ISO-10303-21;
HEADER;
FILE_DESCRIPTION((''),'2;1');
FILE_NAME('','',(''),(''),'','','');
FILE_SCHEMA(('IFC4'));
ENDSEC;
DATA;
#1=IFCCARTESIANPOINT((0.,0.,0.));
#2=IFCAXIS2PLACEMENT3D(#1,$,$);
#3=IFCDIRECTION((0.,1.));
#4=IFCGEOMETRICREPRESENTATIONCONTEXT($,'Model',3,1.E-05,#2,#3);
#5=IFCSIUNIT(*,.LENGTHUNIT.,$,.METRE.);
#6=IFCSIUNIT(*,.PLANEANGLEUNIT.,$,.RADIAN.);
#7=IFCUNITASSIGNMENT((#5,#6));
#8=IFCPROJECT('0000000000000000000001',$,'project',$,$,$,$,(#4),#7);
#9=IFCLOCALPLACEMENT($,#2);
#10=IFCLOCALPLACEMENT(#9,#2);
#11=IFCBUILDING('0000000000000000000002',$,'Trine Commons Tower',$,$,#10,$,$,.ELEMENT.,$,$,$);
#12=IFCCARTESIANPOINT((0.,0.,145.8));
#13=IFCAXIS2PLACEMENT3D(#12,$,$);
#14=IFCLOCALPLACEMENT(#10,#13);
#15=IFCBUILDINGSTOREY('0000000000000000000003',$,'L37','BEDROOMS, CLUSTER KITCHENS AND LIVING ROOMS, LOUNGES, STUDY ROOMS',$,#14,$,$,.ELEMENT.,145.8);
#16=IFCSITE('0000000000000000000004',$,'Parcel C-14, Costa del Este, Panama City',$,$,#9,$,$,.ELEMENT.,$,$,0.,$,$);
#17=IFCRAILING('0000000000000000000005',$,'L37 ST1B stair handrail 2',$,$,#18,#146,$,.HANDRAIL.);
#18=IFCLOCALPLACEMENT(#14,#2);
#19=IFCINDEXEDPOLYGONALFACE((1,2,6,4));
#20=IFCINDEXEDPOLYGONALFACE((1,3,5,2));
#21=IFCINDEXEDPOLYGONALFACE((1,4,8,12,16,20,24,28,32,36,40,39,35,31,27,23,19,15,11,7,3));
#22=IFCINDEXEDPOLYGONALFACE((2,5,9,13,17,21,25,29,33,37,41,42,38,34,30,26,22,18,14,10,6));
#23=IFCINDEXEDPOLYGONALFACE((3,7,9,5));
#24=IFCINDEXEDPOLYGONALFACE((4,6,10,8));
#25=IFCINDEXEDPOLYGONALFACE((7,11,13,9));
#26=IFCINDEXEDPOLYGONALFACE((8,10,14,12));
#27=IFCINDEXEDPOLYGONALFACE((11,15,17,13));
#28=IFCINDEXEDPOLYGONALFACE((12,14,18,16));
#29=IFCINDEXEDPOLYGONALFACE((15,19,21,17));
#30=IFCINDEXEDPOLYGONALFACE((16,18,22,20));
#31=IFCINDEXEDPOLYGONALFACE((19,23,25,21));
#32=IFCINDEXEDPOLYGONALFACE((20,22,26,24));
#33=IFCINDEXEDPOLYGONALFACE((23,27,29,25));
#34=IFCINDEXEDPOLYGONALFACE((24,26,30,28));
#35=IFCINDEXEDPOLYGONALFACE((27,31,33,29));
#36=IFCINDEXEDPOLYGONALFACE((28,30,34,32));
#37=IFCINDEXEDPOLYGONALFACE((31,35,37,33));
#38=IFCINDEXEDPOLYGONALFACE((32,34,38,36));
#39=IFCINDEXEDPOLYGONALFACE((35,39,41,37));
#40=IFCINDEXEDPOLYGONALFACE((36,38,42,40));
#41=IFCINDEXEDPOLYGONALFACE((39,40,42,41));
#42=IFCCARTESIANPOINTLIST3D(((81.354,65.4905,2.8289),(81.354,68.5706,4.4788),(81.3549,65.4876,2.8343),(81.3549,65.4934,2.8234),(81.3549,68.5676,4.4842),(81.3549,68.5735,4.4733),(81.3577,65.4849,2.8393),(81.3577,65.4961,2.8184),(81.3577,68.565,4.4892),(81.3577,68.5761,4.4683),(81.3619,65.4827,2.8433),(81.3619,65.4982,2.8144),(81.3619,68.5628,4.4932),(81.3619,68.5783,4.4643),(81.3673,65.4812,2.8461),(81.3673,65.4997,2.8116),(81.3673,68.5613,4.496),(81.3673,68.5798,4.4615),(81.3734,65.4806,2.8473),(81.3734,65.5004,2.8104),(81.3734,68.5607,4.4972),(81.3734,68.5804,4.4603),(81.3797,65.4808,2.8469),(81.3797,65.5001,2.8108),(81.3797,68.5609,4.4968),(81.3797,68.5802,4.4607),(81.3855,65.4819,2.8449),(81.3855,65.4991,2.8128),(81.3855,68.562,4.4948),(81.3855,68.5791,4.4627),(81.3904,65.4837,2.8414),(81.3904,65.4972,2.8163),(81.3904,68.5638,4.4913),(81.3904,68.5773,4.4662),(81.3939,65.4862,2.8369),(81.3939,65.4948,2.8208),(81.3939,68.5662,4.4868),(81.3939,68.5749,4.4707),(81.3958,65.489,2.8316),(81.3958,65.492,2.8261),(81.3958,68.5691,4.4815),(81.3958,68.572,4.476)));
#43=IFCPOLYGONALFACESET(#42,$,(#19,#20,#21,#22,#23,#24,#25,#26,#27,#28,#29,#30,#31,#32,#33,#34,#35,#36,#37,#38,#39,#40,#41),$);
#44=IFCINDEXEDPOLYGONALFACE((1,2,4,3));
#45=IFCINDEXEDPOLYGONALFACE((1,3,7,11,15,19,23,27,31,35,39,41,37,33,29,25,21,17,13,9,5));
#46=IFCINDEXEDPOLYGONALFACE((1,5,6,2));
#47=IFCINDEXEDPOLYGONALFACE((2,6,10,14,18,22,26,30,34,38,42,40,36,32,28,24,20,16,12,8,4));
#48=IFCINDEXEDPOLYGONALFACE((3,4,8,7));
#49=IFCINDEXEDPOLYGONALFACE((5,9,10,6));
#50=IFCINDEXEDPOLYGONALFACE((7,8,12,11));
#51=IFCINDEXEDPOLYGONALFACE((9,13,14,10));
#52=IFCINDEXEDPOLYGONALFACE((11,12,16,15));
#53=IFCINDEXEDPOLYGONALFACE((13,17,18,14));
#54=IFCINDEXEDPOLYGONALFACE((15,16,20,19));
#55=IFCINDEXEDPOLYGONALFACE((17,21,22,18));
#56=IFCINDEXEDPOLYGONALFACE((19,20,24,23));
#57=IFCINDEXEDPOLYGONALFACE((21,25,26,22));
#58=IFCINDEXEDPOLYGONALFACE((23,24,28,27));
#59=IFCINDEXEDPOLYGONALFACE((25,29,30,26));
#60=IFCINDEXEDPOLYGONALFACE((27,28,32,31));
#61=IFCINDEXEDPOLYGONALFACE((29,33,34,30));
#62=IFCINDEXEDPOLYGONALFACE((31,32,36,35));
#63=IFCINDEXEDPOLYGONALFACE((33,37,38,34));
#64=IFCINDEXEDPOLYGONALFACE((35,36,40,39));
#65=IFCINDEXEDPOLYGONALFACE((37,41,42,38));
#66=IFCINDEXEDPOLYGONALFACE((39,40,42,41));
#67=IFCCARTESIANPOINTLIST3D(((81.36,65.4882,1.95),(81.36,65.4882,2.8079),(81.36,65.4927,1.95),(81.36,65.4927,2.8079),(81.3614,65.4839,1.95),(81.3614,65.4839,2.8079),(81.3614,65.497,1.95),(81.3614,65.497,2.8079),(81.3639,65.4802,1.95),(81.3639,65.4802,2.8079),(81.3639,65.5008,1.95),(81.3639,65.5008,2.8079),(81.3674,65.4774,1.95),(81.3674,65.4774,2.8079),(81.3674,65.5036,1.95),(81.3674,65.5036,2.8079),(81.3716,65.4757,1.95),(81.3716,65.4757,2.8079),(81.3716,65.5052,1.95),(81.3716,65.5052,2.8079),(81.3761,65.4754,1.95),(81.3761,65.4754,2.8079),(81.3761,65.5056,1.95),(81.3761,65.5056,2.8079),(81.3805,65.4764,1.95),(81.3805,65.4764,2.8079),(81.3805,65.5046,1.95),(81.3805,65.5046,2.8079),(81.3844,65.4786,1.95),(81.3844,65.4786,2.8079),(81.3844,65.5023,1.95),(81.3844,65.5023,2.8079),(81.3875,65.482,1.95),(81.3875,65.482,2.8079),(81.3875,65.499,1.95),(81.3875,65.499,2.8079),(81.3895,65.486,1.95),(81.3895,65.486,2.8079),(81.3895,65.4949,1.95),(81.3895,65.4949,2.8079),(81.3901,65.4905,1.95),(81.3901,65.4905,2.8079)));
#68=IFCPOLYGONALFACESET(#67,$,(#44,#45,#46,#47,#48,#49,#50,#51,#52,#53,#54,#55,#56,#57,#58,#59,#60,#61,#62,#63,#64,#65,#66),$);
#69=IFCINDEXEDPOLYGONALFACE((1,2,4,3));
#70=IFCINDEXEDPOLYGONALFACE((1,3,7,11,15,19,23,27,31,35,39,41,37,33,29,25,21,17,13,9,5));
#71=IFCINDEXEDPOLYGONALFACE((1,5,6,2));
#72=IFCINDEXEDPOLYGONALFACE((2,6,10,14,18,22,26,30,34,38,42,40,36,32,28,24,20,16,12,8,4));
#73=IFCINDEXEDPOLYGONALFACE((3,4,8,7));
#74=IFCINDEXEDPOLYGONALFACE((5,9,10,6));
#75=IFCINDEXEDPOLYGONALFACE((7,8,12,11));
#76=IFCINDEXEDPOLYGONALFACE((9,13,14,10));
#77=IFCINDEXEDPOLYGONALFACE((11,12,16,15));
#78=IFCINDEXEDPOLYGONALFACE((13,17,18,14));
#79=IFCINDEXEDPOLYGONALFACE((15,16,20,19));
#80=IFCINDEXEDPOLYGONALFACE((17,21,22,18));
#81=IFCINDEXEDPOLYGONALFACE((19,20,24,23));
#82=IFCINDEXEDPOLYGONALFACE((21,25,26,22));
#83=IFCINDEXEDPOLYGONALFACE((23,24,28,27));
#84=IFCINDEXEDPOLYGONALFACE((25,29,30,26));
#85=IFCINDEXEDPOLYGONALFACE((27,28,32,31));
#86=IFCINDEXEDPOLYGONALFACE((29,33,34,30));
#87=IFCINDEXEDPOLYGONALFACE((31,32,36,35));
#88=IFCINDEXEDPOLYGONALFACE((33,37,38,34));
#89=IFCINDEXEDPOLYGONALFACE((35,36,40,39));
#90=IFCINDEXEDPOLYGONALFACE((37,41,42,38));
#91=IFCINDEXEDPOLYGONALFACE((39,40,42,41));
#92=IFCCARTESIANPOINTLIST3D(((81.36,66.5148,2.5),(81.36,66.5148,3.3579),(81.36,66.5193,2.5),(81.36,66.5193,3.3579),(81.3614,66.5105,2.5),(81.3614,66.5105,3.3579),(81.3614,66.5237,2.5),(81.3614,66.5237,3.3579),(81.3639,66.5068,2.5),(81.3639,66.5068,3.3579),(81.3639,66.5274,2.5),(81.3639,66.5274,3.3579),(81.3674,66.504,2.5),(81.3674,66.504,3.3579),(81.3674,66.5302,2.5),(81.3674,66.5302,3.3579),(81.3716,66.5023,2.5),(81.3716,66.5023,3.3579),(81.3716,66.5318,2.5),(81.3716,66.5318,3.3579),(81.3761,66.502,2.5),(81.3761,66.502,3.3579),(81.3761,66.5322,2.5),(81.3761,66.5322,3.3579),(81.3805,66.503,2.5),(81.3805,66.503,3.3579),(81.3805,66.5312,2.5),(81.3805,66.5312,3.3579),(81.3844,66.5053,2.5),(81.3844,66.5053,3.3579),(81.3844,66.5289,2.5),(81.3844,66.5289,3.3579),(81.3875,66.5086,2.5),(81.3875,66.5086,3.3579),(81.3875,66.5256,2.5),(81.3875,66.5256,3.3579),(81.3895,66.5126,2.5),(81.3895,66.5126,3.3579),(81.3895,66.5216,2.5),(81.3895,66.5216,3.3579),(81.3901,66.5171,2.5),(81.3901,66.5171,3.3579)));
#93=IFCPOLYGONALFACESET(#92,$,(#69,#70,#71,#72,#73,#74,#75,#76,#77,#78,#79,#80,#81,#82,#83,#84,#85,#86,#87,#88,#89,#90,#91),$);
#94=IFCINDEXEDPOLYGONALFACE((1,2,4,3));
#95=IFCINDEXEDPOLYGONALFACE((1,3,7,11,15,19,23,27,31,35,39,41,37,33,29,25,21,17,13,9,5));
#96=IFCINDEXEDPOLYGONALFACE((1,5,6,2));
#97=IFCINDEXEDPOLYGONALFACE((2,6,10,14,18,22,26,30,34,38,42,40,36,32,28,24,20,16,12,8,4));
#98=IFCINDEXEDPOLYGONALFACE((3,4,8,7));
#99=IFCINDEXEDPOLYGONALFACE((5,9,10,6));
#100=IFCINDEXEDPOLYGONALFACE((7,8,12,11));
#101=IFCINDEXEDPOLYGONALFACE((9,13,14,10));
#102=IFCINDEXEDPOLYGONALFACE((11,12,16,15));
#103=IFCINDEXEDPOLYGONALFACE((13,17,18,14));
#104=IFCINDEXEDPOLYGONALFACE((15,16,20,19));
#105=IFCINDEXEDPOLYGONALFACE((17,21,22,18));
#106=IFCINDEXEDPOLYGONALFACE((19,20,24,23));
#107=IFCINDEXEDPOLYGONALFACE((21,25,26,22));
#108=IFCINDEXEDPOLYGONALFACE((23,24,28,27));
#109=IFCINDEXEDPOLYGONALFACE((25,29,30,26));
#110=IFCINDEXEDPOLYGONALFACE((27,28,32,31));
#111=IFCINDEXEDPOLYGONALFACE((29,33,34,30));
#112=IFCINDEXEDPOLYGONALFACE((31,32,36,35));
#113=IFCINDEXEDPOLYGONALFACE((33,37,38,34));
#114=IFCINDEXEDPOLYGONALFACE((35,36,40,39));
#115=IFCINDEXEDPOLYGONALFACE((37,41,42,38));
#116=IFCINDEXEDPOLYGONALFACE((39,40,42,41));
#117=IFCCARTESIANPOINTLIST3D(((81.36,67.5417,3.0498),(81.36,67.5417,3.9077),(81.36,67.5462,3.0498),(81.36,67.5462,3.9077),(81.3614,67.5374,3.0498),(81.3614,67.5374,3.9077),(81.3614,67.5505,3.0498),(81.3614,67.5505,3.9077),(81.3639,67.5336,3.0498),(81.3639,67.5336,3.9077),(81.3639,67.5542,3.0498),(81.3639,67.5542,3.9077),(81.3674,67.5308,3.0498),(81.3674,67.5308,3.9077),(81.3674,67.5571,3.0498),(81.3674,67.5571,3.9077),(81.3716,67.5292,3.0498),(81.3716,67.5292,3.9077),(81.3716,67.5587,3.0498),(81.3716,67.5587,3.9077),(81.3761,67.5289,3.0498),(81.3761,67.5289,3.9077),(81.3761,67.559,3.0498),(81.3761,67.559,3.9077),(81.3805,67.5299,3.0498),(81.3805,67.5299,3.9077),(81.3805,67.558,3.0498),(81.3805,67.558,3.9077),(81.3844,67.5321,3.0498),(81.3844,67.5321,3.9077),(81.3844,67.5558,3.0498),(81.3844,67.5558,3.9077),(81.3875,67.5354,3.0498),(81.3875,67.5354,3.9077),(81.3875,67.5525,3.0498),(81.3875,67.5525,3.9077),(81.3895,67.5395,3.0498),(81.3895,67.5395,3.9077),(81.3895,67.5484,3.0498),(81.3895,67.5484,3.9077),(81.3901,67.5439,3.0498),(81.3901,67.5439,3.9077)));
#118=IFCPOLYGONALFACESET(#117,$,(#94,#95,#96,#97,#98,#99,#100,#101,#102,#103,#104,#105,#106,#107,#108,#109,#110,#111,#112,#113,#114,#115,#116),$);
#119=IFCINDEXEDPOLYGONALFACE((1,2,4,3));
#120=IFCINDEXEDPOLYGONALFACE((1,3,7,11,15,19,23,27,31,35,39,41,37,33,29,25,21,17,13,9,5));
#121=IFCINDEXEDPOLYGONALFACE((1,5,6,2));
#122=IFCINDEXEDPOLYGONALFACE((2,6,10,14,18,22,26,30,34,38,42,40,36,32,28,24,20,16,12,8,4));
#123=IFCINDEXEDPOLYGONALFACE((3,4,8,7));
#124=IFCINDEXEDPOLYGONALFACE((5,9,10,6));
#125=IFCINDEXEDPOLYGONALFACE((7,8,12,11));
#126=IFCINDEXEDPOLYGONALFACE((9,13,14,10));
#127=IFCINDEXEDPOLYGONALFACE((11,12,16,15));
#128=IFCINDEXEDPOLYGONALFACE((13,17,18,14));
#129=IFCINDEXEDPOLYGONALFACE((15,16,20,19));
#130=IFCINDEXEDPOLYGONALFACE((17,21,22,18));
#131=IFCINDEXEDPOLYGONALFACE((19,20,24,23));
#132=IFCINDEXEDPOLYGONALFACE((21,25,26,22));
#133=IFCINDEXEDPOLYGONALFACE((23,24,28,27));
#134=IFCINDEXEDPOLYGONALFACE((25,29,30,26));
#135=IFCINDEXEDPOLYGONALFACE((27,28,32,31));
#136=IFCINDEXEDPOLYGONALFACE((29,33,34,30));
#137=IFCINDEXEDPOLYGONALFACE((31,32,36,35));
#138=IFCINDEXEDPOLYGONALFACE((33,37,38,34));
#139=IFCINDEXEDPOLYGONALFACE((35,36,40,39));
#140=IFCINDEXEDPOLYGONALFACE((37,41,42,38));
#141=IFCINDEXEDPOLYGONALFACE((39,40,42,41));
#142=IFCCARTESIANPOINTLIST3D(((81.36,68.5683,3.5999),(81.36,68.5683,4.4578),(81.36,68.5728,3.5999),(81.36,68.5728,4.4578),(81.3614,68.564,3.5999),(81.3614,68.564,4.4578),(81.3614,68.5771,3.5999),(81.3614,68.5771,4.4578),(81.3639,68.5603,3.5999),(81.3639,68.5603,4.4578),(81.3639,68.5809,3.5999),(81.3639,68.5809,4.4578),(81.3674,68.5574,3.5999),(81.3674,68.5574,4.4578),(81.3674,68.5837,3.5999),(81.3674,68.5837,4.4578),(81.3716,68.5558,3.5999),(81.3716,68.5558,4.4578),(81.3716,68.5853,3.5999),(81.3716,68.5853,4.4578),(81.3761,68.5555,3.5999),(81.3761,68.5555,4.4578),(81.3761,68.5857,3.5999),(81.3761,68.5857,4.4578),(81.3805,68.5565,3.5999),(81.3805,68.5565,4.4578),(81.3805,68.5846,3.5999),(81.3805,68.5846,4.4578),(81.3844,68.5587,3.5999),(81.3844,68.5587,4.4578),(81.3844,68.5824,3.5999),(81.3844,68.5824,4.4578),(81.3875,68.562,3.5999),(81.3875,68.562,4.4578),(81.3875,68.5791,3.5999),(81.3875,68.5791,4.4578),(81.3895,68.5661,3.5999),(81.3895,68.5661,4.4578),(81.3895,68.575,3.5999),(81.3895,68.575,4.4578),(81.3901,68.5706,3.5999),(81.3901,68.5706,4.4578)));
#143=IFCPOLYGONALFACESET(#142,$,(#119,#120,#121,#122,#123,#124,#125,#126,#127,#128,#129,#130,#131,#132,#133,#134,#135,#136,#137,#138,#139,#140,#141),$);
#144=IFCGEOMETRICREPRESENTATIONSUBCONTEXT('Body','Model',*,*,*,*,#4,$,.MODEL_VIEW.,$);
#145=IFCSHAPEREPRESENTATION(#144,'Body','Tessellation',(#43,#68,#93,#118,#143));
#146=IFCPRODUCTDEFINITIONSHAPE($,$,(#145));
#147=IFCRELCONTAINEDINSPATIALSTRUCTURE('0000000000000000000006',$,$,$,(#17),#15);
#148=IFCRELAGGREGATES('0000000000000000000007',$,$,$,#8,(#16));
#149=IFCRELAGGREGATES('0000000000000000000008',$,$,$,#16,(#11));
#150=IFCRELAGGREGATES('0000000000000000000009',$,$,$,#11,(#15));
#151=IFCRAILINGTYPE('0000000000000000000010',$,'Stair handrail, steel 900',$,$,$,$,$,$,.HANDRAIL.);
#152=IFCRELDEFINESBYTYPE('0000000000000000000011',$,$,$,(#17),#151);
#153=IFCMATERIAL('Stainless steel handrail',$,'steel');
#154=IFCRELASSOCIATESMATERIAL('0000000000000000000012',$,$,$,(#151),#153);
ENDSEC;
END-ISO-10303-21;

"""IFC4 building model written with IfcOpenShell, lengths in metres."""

from ifc_helpers import new_model, si_unit, direction, frame, origin, origin_2d, place, context, subcontext, project, spatial, circle, extrude, material, type_object, element, save


model = new_model("IFC4")

# Units and contexts
model_context = context("Model", 3, precision=1e-05, world=origin(), true_north=direction((0.0, 1.0)))
body_context = subcontext(model_context, "Body", "Model", "MODEL_VIEW")
ifc_project = project(units=[si_unit("LENGTHUNIT", "METRE"), si_unit("PLANEANGLEUNIT", "RADIAN")], contexts=[model_context])

# Site, building, storey
site_placement = place(None, origin())
site = spatial("IfcSite", under=ifc_project, at=site_placement, Name="Parcel C-14, Costa del Este, Panama City", CompositionType="ELEMENT", RefElevation=0.0)
building_placement = place(site_placement, origin())
building = spatial("IfcBuilding", under=site, at=building_placement, Name="Trine Commons Tower", CompositionType="ELEMENT")
storey_placement = place(building_placement, frame((0.0, 0.0, 145.8)))
storey = spatial("IfcBuildingStorey", under=building, at=storey_placement, Name="L37", Description="BEDROOMS, CLUSTER KITCHENS AND LIVING ROOMS, LOUNGES, STUDY ROOMS", CompositionType="ELEMENT", Elevation=145.8)

# Railing
ifc_material_1 = material(Name="Stainless steel handrail", Category="steel")
railing_type_1 = type_object("IfcRailingType", Name="Stair handrail, steel 900", PredefinedType="HANDRAIL", material=ifc_material_1)
railing_1_placement = place(storey_placement, frame((81.375, 65.4905, 1.95)))
element("IfcRailing", 1, at=railing_1_placement, inside=storey, type_object=railing_type_1, Name="L37 ST1B stair handrail 2", PredefinedType="HANDRAIL", context=body_context, shape_type="SweptSolid", body=[
    extrude(circle(Radius=0.021, at=origin_2d()), frame((0.0, 0.0, 0.8789), z_axis=(0.0, 0.881497, 0.47219), x_axis=(-1.0, 0.0, 0.0)), (0.0, 0.0, 1.0), 3.4941),
    extrude(circle(Radius=0.0151, at=origin_2d()), origin(), (0.0, 0.0, 1.0), 0.8579),
    extrude(circle(Radius=0.0151, at=origin_2d()), frame((0.0, 1.0266, 0.55)), (0.0, 0.0, 1.0), 0.8579),
    extrude(circle(Radius=0.0151, at=origin_2d()), frame((0.0, 2.0535, 1.0999)), (0.0, 0.0, 1.0), 0.8579),
    extrude(circle(Radius=0.0151, at=origin_2d()), frame((0.0, 3.0801, 1.6499)), (0.0, 0.0, 1.0), 0.8579),
])

save(model, "model.ifc")
